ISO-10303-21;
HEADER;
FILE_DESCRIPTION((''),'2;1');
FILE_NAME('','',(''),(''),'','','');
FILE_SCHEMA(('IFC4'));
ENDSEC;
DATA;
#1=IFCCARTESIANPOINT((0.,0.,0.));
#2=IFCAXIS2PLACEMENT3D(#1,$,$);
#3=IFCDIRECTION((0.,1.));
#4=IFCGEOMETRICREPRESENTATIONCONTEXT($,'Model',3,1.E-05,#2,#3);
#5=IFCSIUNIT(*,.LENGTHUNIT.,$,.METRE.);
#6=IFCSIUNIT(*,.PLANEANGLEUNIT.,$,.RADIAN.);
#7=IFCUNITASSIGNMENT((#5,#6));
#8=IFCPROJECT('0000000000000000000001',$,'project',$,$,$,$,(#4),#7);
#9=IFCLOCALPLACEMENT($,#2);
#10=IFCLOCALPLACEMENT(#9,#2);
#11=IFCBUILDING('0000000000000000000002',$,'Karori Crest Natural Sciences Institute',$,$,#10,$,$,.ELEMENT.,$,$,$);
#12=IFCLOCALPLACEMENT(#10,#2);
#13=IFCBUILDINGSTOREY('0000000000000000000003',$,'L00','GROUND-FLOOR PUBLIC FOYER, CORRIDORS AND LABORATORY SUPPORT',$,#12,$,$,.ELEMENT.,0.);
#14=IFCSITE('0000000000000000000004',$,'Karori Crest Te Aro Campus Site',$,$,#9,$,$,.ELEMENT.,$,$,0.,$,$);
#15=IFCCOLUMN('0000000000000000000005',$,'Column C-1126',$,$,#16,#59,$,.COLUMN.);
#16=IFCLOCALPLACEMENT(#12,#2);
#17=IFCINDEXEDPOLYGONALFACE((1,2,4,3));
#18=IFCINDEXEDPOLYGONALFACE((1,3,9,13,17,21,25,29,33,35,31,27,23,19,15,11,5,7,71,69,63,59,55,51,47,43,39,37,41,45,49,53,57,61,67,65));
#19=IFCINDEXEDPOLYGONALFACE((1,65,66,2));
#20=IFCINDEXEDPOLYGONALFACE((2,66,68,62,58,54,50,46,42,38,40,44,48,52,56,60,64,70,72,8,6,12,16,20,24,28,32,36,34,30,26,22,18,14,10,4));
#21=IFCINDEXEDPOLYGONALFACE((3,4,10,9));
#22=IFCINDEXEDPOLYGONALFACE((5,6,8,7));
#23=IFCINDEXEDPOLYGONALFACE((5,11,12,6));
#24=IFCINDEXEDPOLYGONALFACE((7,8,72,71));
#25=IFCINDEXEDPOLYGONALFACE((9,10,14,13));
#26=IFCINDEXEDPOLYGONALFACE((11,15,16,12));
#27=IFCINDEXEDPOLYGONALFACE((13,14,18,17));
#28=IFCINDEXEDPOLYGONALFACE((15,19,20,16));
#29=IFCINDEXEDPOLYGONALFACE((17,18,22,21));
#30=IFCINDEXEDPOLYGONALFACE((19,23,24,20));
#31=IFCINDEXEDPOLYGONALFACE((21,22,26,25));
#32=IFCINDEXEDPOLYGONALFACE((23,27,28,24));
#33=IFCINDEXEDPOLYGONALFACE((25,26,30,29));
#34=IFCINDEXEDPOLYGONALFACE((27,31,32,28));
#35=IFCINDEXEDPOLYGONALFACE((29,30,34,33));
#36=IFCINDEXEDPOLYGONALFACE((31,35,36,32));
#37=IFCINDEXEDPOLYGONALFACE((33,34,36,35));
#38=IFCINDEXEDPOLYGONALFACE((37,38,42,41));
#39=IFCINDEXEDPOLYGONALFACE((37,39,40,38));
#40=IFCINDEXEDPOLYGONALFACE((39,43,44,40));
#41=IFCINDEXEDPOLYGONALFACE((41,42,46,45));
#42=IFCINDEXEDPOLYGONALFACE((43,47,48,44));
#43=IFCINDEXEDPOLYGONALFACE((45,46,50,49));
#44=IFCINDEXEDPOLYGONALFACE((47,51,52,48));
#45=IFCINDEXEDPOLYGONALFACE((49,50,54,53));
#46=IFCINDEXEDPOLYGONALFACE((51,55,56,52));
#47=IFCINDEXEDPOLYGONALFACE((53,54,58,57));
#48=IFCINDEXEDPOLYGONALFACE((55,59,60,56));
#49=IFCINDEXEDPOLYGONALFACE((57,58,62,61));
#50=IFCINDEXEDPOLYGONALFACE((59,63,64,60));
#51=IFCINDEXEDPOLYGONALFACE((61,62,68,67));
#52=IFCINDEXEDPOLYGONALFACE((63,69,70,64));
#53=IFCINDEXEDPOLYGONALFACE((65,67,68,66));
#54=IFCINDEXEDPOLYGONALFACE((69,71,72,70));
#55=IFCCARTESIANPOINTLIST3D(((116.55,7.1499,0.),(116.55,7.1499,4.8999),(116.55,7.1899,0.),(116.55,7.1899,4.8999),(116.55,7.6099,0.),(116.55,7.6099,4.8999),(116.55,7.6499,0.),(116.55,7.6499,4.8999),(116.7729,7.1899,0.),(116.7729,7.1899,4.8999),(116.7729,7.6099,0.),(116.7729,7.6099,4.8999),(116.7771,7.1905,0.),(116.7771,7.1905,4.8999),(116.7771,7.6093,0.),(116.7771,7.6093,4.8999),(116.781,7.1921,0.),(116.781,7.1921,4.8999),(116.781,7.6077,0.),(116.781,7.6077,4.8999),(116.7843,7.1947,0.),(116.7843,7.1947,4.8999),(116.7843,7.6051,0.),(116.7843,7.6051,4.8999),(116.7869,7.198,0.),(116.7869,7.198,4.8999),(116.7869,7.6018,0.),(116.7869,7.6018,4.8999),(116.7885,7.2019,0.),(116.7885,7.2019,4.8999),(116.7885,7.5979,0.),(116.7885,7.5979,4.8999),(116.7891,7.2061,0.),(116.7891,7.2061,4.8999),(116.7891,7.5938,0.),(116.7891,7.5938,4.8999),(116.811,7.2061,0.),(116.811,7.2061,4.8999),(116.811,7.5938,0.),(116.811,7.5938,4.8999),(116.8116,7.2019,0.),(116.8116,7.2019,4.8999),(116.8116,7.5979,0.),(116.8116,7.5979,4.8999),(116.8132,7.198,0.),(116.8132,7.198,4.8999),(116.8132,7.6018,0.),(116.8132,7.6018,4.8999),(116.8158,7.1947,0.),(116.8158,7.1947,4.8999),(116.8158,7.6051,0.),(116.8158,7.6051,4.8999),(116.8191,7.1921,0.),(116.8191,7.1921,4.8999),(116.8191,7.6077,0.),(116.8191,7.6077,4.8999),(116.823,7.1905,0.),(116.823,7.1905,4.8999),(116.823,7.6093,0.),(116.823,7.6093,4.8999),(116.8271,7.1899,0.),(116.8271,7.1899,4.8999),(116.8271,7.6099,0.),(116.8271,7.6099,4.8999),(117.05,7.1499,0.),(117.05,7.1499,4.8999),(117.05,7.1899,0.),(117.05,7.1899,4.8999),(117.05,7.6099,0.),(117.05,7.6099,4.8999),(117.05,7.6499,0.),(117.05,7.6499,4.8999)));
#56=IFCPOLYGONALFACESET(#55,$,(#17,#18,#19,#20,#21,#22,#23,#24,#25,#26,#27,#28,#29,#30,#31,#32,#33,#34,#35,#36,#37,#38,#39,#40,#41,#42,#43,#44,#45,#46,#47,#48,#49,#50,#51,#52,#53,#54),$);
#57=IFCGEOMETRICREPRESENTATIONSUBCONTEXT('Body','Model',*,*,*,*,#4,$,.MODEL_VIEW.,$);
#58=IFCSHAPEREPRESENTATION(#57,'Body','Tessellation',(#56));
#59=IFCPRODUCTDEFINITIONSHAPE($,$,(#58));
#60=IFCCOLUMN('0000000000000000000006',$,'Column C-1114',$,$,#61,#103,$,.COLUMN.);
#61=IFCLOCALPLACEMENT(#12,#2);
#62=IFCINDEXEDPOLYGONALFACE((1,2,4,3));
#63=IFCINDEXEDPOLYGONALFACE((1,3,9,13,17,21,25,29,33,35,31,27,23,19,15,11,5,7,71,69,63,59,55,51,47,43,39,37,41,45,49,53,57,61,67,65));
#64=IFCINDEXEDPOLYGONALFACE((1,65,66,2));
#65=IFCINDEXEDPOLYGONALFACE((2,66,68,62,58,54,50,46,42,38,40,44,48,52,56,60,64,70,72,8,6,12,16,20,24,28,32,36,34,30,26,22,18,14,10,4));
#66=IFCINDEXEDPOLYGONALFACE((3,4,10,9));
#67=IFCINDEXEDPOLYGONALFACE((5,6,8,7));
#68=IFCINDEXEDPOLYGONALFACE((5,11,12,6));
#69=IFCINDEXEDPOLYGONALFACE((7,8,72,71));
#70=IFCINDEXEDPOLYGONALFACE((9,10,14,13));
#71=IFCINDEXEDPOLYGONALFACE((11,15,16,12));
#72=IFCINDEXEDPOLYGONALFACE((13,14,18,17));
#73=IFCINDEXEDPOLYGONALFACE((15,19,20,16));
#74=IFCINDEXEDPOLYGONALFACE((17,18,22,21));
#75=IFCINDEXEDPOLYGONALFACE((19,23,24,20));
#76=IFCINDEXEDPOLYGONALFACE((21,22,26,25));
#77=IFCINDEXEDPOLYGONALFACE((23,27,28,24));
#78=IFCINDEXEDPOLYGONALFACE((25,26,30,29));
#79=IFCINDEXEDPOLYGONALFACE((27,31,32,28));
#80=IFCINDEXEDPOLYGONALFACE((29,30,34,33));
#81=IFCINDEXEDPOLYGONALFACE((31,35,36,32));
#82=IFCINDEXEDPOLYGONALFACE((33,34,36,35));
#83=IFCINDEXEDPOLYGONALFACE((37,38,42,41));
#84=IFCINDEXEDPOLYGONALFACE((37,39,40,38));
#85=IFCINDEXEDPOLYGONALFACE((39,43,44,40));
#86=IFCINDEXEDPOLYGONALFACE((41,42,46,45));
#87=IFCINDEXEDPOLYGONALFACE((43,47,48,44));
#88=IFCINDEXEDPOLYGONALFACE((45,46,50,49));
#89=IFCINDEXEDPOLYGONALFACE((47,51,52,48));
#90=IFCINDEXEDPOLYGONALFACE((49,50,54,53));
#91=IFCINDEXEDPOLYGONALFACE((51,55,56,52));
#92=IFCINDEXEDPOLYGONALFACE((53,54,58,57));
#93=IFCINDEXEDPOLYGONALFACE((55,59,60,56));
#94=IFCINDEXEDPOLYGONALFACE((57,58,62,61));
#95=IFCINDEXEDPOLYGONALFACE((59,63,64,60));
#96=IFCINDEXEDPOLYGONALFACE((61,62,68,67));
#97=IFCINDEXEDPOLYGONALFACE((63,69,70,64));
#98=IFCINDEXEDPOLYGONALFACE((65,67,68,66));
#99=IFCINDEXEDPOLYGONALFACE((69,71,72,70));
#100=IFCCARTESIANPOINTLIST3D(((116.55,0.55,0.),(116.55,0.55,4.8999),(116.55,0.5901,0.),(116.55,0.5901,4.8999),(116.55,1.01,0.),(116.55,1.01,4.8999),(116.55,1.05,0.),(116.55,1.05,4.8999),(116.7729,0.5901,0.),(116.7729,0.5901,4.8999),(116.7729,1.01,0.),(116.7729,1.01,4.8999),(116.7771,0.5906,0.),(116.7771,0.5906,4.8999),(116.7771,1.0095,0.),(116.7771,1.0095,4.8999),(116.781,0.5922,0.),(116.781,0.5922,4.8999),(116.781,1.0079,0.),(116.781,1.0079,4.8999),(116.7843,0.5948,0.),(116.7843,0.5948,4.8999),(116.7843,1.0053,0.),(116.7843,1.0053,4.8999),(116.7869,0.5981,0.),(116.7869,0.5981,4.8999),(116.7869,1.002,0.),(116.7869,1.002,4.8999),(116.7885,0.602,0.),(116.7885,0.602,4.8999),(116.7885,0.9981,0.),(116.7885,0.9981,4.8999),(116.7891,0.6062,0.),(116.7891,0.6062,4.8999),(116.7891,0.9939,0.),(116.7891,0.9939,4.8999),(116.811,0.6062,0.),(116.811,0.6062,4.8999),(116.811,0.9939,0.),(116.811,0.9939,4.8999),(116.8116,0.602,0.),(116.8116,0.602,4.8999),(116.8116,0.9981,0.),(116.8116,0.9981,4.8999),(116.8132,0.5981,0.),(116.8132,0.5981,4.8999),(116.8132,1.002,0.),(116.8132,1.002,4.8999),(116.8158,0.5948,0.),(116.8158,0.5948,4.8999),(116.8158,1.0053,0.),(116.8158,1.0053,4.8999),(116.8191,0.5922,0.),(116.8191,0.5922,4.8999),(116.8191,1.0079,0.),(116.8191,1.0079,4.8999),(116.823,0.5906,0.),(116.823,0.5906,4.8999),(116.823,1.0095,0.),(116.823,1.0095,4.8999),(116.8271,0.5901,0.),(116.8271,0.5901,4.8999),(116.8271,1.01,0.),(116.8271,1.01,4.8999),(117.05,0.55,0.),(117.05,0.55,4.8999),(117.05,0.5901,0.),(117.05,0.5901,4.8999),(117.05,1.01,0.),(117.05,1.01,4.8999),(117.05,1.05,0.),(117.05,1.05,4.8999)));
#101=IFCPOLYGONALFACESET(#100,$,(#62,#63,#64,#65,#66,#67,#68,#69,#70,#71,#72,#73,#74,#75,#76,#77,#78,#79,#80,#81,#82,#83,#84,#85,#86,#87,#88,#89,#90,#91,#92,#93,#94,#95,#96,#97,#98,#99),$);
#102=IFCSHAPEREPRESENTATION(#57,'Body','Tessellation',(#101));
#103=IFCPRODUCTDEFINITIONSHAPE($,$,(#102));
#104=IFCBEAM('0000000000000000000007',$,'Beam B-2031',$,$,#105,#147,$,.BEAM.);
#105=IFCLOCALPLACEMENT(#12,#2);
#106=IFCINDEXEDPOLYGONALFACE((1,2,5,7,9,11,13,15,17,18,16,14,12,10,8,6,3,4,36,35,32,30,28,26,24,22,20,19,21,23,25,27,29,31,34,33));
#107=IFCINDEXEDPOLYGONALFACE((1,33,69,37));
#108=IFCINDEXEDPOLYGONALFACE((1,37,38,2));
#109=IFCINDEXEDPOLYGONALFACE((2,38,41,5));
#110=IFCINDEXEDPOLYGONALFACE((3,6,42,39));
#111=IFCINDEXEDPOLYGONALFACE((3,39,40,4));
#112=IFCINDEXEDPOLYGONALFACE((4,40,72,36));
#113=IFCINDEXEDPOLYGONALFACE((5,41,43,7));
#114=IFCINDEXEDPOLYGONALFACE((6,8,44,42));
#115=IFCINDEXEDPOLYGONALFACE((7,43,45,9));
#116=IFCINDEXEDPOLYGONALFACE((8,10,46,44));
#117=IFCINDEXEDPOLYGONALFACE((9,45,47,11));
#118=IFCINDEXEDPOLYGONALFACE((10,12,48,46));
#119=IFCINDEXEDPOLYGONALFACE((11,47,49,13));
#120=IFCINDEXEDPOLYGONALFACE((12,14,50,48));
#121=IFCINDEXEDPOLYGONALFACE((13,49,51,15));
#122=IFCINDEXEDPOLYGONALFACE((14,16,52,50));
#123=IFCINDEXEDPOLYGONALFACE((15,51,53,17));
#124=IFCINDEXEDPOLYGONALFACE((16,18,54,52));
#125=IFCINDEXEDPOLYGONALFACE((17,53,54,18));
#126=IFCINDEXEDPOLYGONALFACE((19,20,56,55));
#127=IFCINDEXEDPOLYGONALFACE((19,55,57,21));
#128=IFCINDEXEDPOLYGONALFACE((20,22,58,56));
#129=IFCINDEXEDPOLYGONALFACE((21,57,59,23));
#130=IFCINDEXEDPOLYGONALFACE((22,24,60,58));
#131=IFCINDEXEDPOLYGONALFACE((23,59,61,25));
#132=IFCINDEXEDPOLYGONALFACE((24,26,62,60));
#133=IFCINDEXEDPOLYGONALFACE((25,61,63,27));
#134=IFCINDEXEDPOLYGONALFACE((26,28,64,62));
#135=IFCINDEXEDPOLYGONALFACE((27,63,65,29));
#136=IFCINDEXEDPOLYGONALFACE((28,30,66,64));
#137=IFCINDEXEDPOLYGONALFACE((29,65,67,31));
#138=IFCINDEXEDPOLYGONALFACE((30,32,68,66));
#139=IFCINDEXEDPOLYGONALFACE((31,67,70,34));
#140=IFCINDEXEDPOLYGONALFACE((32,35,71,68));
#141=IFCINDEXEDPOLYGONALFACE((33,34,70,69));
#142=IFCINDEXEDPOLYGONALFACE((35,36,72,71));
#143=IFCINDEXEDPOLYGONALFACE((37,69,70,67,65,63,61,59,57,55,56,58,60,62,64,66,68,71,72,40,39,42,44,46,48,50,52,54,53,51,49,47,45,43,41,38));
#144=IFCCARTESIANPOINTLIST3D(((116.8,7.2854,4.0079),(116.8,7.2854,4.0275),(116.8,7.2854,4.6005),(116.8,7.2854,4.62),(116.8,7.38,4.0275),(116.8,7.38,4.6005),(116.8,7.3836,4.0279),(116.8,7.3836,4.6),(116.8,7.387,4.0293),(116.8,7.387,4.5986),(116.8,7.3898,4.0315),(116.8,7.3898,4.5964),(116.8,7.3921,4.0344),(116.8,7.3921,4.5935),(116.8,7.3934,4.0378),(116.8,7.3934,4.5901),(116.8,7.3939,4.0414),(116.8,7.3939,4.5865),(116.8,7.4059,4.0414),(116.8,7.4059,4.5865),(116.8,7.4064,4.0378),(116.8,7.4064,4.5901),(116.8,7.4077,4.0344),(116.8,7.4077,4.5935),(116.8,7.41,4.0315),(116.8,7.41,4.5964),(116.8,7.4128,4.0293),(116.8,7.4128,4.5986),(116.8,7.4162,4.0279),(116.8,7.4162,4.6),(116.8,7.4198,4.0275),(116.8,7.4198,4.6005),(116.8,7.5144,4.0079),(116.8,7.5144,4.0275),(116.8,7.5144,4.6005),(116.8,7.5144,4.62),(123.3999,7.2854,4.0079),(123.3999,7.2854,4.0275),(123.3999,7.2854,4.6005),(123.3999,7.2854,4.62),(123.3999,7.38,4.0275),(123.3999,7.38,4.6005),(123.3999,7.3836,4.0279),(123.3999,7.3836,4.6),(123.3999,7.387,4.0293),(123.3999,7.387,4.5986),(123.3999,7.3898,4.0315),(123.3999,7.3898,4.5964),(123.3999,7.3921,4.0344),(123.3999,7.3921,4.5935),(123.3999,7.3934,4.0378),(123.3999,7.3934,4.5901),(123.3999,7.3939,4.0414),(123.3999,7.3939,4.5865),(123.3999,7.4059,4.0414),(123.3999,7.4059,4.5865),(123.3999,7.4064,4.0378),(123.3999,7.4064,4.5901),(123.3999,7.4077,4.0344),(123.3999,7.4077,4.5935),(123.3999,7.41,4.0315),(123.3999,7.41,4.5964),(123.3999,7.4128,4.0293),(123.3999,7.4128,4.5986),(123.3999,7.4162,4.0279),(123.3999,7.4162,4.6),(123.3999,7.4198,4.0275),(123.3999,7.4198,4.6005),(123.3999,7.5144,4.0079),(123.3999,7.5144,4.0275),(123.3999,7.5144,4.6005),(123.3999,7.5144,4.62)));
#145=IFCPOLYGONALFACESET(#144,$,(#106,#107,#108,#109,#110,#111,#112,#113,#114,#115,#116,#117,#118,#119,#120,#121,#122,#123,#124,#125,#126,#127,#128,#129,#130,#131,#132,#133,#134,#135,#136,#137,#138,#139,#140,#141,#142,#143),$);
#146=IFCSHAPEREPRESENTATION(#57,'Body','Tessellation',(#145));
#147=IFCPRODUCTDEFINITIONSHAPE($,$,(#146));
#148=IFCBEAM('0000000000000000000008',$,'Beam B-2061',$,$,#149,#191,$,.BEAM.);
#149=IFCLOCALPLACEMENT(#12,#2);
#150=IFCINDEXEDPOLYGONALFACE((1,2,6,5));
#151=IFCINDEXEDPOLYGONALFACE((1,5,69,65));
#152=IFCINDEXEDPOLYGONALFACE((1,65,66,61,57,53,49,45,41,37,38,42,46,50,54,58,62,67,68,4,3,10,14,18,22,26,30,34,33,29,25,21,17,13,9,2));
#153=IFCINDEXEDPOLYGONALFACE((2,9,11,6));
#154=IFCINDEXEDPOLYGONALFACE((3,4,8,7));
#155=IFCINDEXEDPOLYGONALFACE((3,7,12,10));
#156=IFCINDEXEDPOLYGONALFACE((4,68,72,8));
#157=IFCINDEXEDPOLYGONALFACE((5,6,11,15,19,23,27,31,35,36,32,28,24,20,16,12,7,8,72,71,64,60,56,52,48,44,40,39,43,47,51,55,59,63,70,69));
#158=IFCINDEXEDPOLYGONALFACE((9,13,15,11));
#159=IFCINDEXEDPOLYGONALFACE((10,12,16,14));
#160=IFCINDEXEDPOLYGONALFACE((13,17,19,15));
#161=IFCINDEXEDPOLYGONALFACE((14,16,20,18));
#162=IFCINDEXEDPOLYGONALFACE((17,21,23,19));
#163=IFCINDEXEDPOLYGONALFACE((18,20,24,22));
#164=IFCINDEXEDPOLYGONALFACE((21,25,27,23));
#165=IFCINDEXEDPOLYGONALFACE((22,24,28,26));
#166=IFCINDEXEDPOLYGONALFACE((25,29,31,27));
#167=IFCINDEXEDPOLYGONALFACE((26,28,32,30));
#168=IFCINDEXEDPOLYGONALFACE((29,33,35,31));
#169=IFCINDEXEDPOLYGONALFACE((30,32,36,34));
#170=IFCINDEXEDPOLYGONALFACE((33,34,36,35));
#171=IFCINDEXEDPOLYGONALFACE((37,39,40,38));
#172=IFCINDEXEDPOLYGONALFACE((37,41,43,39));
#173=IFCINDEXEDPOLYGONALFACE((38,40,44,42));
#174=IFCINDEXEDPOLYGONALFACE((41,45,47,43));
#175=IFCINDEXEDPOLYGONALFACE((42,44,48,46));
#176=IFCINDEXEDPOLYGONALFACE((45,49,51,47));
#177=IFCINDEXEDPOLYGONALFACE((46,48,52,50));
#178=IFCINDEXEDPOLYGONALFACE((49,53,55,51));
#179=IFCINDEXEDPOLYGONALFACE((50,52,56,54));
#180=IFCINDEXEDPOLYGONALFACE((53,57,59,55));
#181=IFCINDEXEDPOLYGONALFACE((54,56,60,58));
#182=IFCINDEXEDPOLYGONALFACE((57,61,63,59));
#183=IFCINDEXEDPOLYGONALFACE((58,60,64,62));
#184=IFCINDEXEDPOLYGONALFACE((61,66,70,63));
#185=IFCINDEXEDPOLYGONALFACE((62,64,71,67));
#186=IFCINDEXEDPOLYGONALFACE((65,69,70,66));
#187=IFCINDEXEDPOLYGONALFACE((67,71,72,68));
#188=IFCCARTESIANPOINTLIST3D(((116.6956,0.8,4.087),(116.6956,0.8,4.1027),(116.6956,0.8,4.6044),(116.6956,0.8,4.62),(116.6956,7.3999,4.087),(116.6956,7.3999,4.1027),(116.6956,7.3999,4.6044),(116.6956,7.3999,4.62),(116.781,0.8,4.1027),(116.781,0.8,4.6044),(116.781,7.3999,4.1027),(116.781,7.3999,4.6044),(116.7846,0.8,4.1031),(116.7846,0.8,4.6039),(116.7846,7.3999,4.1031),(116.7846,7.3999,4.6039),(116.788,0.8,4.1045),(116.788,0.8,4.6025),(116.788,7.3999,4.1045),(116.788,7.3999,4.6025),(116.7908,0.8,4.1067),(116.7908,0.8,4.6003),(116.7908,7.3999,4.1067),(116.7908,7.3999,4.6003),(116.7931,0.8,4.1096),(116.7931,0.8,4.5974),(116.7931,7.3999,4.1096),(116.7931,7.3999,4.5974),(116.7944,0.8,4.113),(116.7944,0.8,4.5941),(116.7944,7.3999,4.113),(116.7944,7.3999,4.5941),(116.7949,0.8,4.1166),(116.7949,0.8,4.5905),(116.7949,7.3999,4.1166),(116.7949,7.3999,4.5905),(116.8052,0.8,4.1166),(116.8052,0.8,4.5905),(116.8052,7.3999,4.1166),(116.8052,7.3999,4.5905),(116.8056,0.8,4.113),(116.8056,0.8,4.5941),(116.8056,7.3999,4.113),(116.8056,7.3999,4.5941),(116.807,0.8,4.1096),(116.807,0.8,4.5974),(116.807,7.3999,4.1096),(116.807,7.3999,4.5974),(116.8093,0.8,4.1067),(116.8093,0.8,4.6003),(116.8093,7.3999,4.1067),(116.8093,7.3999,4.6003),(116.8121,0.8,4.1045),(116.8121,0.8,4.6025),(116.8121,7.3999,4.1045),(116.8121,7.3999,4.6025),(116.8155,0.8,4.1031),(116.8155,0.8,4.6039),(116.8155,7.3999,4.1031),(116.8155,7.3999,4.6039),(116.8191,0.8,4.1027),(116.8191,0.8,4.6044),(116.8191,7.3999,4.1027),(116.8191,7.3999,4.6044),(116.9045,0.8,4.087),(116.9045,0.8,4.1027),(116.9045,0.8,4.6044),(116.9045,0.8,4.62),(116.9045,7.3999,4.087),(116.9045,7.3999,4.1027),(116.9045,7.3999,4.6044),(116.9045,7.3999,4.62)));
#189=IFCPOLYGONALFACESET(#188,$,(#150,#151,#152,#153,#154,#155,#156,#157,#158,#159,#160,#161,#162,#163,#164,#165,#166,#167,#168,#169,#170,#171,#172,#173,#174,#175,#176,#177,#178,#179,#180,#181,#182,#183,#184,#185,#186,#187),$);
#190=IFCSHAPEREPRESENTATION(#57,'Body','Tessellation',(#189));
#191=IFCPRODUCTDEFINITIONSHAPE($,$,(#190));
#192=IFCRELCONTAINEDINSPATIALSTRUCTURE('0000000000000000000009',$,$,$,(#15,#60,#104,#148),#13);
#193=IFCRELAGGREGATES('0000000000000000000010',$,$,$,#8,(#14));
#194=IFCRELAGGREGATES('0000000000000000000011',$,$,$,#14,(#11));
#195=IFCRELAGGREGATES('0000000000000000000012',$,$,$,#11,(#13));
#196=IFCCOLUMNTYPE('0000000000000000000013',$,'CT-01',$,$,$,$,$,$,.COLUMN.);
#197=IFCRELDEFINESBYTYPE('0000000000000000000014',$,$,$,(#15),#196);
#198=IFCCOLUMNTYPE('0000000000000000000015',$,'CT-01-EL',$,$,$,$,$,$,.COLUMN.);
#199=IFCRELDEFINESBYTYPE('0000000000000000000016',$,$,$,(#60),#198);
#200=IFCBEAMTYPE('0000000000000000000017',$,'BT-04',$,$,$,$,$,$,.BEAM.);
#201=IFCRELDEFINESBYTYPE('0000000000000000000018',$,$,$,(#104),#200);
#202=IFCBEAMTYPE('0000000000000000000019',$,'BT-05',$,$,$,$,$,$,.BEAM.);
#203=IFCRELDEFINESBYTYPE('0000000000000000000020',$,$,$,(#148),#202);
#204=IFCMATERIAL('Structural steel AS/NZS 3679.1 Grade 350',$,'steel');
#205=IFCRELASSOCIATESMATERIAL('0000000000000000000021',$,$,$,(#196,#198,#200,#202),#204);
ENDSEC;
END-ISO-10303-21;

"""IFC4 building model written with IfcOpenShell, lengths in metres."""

from ifc_helpers import new_model, si_unit, direction, frame, origin, origin_2d, place, context, subcontext, project, spatial, i_section, extrude, material, material_profile, profile_set, type_object, element, save


model = new_model("IFC4")

# Units and contexts
model_context = context("Model", 3, precision=1e-05, world=origin(), true_north=direction((0.0, 1.0)))
body_context = subcontext(model_context, "Body", "Model", "MODEL_VIEW")
ifc_project = project(units=[si_unit("LENGTHUNIT", "METRE"), si_unit("PLANEANGLEUNIT", "RADIAN")], contexts=[model_context])

# Site, building, storey
site_placement = place(None, origin())
site = spatial("IfcSite", under=ifc_project, at=site_placement, Name="Karori Crest Te Aro Campus Site", CompositionType="ELEMENT", RefElevation=0.0)
building_placement = place(site_placement, origin())
building = spatial("IfcBuilding", under=site, at=building_placement, Name="Karori Crest Natural Sciences Institute", CompositionType="ELEMENT")
storey_placement = place(building_placement, origin())
storey = spatial("IfcBuildingStorey", under=building, at=storey_placement, Name="L00", Description="GROUND-FLOOR PUBLIC FOYER, CORRIDORS AND LABORATORY SUPPORT", CompositionType="ELEMENT", Elevation=0.0)

# Columns
ifc_material_1 = material(Name="Structural steel AS/NZS 3679.1 Grade 350", Category="steel")
ifc_material_profile_1 = material_profile(ifc_material_1, i_section(OverallWidth=0.5, OverallDepth=0.5, WebThickness=0.022, FlangeThickness=0.04, FilletRadius=0.0161, at=origin_2d()), Name="500WC440")
ifc_profile_set_1 = profile_set([ifc_material_profile_1], Name="Structural steel AS/NZS 3679.1 Grade 350")
column_type_1 = type_object("IfcColumnType", Name="CT-01", PredefinedType="COLUMN", material=ifc_profile_set_1)
column_1_placement = place(storey_placement, frame((116.8, 7.3999, 0.0), z_axis=(0.0, 0.0, 1.0), x_axis=(1.0, 0.0, 0.0)))
element("IfcColumn", 1, at=column_1_placement, inside=storey, type_object=column_type_1, Name="Column C-1126", PredefinedType="COLUMN", context=body_context, shape_type="SweptSolid", body=[
    extrude(i_section(OverallWidth=0.5, OverallDepth=0.5, WebThickness=0.022, FlangeThickness=0.04, FilletRadius=0.0161, at=origin_2d()), origin(), (0.0, 0.0, 1.0), 4.8999),
])
ifc_material_profile_2 = material_profile(ifc_material_1, i_section(OverallWidth=0.5, OverallDepth=0.5, WebThickness=0.022, FlangeThickness=0.04, FilletRadius=0.0161, at=origin_2d()), Name="500WC440")
ifc_profile_set_2 = profile_set([ifc_material_profile_2], Name="Structural steel AS/NZS 3679.1 Grade 350")
column_type_2 = type_object("IfcColumnType", Name="CT-01-EL", PredefinedType="COLUMN", material=ifc_profile_set_2)
column_2_placement = place(storey_placement, frame((116.8, 0.8, 0.0), z_axis=(0.0, 0.0, 1.0), x_axis=(1.0, 0.0, 0.0)))
element("IfcColumn", 2, at=column_2_placement, inside=storey, type_object=column_type_2, Name="Column C-1114", PredefinedType="COLUMN", context=body_context, shape_type="SweptSolid", body=[
    extrude(i_section(OverallWidth=0.5, OverallDepth=0.5, WebThickness=0.022, FlangeThickness=0.04, FilletRadius=0.0161, at=origin_2d()), origin(), (0.0, 0.0, 1.0), 4.8999),
])

# Beams
ifc_material_profile_3 = material_profile(ifc_material_1, i_section(OverallWidth=0.229, OverallDepth=0.6121, WebThickness=0.012, FlangeThickness=0.0195, FilletRadius=0.0139, at=origin_2d()), Name="610UB125")
ifc_profile_set_3 = profile_set([ifc_material_profile_3], Name="Structural steel AS/NZS 3679.1 Grade 350")
beam_type_1 = type_object("IfcBeamType", Name="BT-04", PredefinedType="BEAM", material=ifc_profile_set_3)
beam_1_placement = place(storey_placement, frame((116.8, 7.3999, 4.314), z_axis=(1.0, 0.0, 0.0), x_axis=(0.0, 1.0, 0.0)))
element("IfcBeam", 3, at=beam_1_placement, inside=storey, type_object=beam_type_1, Name="Beam B-2031", PredefinedType="BEAM", context=body_context, shape_type="SweptSolid", body=[
    extrude(i_section(OverallWidth=0.229, OverallDepth=0.6121, WebThickness=0.012, FlangeThickness=0.0195, FilletRadius=0.0139, at=origin_2d()), origin(), (0.0, 0.0, 1.0), 6.5999),
])
ifc_material_profile_4 = material_profile(ifc_material_1, i_section(OverallWidth=0.209, OverallDepth=0.533, WebThickness=0.0103, FlangeThickness=0.0156, FilletRadius=0.0139, at=origin_2d()), Name="530UB92.4")
ifc_profile_set_4 = profile_set([ifc_material_profile_4], Name="Structural steel AS/NZS 3679.1 Grade 350")
beam_type_2 = type_object("IfcBeamType", Name="BT-05", PredefinedType="BEAM", material=ifc_profile_set_4)
beam_2_placement = place(storey_placement, frame((116.8, 0.8, 4.3535), z_axis=(0.0, 1.0, 0.0), x_axis=(-1.0, 0.0, 0.0)))
element("IfcBeam", 4, at=beam_2_placement, inside=storey, type_object=beam_type_2, Name="Beam B-2061", PredefinedType="BEAM", context=body_context, shape_type="SweptSolid", body=[
    extrude(i_section(OverallWidth=0.209, OverallDepth=0.533, WebThickness=0.0103, FlangeThickness=0.0156, FilletRadius=0.0139, at=origin_2d()), origin(), (0.0, 0.0, 1.0), 6.5999),
])

save(model, "model.ifc")
